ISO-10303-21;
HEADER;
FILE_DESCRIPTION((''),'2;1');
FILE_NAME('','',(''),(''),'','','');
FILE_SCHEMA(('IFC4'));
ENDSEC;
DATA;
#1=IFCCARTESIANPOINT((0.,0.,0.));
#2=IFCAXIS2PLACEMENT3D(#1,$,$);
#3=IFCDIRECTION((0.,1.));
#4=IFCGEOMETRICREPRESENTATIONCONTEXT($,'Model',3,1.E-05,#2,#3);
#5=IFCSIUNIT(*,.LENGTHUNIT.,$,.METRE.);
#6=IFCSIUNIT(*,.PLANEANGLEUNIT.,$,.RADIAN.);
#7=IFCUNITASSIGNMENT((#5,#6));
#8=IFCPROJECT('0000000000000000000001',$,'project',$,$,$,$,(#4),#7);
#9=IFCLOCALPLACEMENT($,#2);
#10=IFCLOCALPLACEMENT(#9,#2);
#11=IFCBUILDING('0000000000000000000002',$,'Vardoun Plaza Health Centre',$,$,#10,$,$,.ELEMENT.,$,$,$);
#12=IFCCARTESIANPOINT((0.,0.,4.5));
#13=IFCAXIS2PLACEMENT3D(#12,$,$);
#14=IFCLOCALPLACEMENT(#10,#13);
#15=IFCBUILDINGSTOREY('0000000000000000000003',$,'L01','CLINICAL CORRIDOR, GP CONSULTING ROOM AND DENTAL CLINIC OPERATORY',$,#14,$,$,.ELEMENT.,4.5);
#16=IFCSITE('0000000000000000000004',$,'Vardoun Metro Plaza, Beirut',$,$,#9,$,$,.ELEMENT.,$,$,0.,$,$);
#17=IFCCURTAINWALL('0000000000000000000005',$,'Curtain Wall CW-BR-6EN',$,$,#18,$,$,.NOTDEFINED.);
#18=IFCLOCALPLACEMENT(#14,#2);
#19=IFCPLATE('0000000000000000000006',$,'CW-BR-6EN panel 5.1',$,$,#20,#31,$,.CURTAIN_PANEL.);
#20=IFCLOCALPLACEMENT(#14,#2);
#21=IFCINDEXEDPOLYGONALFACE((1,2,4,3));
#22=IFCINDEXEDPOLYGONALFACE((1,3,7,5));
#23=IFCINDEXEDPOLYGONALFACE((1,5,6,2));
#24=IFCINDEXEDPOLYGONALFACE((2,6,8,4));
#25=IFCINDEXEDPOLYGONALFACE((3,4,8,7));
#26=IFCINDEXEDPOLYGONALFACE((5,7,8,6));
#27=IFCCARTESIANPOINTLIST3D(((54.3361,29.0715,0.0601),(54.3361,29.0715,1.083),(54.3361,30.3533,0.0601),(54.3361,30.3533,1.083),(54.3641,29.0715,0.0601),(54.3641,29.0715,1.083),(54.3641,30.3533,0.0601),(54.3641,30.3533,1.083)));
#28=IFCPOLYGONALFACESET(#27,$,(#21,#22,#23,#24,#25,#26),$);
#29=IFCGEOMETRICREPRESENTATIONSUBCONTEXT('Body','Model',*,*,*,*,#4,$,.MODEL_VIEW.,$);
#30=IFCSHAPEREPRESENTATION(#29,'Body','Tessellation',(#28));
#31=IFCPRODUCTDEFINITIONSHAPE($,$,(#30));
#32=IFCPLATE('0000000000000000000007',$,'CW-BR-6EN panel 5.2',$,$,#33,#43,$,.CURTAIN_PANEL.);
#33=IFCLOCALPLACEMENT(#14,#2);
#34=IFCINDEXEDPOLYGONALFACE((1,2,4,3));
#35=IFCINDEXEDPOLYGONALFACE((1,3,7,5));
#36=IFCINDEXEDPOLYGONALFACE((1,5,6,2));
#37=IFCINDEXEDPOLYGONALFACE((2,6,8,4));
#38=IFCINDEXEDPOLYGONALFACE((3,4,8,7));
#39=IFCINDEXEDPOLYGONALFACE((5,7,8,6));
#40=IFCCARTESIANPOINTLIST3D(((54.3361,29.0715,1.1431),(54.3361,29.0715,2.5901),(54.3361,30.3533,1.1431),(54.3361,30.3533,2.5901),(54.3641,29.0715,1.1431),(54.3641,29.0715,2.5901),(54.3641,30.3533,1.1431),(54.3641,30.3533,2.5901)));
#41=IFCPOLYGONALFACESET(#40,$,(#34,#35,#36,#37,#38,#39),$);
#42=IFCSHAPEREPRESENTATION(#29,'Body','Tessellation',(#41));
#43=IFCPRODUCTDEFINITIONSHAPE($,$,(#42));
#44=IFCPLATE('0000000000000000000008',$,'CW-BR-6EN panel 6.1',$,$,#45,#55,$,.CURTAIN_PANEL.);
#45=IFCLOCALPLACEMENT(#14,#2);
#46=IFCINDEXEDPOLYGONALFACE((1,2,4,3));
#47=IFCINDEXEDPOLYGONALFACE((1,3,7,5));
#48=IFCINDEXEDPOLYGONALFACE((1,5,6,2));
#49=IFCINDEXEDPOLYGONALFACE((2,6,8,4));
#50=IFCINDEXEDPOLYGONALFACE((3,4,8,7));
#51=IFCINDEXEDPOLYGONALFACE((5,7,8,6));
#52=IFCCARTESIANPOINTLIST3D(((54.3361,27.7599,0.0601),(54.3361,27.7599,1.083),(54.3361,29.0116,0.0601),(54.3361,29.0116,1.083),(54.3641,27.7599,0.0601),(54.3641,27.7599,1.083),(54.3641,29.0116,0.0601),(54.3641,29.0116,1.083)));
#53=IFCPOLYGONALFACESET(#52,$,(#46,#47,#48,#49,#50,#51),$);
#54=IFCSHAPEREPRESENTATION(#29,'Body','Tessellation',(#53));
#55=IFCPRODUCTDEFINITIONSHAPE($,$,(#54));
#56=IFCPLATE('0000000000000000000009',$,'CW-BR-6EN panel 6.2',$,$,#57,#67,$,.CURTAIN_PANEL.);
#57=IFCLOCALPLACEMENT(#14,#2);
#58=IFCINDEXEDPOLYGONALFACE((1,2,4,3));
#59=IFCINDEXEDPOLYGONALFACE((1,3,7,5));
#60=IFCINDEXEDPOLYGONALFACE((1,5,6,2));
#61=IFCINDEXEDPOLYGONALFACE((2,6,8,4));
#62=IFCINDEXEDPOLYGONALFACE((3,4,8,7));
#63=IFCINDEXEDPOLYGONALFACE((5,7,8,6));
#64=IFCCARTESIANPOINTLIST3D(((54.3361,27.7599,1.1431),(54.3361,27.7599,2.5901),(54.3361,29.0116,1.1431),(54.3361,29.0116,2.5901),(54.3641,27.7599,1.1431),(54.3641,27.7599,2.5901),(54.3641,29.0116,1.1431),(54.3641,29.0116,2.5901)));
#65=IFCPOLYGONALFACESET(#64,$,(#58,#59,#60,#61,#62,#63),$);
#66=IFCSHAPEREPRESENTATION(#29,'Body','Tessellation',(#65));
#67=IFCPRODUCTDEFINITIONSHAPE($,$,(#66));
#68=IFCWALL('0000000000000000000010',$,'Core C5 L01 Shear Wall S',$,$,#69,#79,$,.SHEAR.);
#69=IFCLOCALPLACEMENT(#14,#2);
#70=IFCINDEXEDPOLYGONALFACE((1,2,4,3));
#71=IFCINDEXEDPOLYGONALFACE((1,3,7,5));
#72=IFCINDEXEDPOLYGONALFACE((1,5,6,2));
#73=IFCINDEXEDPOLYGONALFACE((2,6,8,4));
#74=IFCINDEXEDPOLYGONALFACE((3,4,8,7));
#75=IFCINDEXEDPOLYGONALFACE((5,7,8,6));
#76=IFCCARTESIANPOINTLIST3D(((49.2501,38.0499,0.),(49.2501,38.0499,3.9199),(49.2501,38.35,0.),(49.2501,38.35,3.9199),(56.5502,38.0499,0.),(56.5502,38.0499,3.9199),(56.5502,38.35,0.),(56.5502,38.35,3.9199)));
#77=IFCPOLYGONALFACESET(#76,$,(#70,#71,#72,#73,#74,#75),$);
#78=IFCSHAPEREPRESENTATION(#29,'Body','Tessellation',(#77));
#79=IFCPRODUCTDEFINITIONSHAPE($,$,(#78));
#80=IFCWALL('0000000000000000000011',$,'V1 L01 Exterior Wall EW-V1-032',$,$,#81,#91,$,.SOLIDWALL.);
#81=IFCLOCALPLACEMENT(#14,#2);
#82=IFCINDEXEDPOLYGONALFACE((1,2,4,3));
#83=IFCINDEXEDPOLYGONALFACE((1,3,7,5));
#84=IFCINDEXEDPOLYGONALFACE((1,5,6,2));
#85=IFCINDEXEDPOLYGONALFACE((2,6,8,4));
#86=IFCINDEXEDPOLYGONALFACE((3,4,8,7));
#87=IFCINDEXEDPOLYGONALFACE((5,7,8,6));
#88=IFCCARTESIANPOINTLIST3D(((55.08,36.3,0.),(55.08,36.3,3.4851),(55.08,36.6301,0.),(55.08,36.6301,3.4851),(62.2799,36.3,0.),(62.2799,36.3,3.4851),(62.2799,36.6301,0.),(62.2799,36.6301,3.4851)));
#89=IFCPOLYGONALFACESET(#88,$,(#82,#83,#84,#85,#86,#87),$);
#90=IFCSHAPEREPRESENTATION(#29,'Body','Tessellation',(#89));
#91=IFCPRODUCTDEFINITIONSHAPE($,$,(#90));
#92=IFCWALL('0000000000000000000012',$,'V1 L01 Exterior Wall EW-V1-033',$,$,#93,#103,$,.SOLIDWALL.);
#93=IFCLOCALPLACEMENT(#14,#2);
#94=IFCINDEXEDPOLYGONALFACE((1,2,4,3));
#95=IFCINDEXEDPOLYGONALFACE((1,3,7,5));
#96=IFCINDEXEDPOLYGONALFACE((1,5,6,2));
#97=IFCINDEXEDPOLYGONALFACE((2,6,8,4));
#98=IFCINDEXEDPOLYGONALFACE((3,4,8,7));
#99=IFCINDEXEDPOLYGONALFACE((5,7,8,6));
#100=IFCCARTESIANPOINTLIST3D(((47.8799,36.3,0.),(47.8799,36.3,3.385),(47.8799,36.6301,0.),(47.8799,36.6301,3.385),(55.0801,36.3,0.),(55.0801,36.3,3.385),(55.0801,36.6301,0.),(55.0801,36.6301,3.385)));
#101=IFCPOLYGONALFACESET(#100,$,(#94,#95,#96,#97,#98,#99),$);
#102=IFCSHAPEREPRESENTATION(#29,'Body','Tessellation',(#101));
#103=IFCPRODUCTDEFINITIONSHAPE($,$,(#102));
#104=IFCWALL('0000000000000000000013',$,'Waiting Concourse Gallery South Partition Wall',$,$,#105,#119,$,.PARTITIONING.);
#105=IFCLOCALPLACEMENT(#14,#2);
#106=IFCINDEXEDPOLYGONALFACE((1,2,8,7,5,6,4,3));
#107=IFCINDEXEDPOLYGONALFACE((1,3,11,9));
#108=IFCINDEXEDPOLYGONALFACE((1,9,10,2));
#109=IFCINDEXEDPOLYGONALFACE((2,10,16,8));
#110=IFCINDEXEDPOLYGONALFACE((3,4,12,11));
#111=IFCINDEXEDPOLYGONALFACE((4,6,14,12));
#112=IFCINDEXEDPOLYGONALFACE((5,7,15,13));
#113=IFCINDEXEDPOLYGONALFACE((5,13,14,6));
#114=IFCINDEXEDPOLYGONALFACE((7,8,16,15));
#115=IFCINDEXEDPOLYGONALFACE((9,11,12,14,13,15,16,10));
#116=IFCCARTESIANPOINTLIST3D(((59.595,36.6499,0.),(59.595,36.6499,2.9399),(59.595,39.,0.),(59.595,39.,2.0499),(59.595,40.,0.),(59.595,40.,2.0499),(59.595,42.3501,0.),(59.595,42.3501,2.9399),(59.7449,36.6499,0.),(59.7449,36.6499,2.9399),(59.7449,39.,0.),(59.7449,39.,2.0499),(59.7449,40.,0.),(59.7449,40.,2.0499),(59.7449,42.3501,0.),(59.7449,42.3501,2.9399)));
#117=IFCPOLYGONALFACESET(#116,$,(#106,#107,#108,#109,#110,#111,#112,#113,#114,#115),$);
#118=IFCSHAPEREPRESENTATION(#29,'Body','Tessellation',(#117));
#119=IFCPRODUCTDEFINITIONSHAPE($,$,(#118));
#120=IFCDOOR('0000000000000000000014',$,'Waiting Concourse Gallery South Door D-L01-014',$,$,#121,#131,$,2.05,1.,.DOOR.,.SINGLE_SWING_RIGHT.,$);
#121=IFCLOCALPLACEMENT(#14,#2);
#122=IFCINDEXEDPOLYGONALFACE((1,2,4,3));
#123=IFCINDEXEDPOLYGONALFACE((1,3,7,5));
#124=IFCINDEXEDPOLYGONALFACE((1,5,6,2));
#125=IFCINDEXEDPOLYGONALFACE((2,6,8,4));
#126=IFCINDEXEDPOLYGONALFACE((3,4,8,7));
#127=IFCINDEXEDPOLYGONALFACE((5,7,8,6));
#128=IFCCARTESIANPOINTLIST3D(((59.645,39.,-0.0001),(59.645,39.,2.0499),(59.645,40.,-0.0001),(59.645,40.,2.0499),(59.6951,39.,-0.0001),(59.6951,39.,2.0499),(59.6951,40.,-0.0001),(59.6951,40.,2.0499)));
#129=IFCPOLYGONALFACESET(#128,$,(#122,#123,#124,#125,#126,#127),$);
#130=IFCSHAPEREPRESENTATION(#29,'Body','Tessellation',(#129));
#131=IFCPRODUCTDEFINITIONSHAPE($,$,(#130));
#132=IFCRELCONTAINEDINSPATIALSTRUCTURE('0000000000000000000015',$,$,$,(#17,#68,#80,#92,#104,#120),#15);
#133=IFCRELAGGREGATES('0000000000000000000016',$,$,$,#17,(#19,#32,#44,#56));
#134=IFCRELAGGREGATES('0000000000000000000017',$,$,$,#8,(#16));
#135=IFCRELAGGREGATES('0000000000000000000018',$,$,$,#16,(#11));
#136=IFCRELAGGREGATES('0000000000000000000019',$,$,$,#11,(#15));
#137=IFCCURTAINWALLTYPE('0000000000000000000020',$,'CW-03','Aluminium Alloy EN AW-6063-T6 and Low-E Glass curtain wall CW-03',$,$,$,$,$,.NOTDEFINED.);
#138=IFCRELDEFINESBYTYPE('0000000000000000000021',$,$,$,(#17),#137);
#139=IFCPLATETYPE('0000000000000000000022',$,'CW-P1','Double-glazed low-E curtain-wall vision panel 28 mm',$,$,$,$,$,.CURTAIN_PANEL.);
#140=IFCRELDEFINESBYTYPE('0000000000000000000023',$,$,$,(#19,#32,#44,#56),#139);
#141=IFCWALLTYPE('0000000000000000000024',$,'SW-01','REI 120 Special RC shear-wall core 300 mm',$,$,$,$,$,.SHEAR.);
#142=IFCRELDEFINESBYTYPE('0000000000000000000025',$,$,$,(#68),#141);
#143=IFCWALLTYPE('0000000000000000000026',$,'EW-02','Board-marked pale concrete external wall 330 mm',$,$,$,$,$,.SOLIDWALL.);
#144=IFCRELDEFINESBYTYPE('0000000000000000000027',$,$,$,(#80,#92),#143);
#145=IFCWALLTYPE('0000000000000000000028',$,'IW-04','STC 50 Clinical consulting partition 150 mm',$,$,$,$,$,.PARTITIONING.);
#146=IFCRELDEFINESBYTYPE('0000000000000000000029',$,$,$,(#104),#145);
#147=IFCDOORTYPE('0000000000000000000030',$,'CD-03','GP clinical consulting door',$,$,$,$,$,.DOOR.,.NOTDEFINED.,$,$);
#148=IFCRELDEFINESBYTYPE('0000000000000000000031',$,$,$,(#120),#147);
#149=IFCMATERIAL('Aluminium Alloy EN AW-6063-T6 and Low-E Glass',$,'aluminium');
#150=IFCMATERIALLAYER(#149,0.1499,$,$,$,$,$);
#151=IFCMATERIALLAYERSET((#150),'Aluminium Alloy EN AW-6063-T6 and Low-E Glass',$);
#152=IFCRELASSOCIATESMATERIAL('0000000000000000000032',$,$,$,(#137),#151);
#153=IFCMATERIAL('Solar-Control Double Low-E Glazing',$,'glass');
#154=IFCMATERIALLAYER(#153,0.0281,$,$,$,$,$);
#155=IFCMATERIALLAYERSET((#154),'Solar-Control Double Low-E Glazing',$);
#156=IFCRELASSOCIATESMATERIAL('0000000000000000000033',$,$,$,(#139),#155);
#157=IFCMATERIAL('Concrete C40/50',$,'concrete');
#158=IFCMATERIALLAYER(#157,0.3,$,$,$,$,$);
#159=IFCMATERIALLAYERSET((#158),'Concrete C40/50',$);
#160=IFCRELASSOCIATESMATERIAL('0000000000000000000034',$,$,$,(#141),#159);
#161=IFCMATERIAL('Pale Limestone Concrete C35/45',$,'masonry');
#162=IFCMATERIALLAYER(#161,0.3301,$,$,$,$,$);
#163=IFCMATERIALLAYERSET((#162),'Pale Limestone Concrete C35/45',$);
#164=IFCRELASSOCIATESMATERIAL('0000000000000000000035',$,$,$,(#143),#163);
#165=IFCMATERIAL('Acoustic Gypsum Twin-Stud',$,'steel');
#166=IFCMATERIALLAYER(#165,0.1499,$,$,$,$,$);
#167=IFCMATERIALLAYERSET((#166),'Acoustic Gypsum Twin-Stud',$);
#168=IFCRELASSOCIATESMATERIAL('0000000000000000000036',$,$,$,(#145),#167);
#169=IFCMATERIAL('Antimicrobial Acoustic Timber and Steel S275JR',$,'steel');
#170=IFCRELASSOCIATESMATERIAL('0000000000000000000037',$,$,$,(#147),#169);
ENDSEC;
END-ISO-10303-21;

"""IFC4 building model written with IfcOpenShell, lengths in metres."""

from ifc_helpers import new_model, si_unit, direction, frame, frame_2d, origin, origin_2d, place, context, subcontext, project, spatial, rectangle, extrude, material, layer, layer_set, type_object, element, fill, aggregate, save


model = new_model("IFC4")

# Units and contexts
model_context = context("Model", 3, precision=1e-05, world=origin(), true_north=direction((0.0, 1.0)))
body_context = subcontext(model_context, "Body", "Model", "MODEL_VIEW")
ifc_project = project(units=[si_unit("LENGTHUNIT", "METRE"), si_unit("PLANEANGLEUNIT", "RADIAN")], contexts=[model_context])

# Site, building, storey
site_placement = place(None, origin())
site = spatial("IfcSite", under=ifc_project, at=site_placement, Name="Vardoun Metro Plaza, Beirut", CompositionType="ELEMENT", RefElevation=0.0)
building_placement = place(site_placement, origin())
building = spatial("IfcBuilding", under=site, at=building_placement, Name="Vardoun Plaza Health Centre", CompositionType="ELEMENT")
storey_placement = place(building_placement, frame((0.0, 0.0, 4.5)))
storey = spatial("IfcBuildingStorey", under=building, at=storey_placement, Name="L01", Description="CLINICAL CORRIDOR, GP CONSULTING ROOM AND DENTAL CLINIC OPERATORY", CompositionType="ELEMENT", Elevation=4.5)

# Curtain wall, plates
ifc_material_1 = material(Name="Aluminium Alloy EN AW-6063-T6 and Low-E Glass", Category="aluminium")
ifc_layer_1 = layer(ifc_material_1, 0.1499)
ifc_layer_set_1 = layer_set([ifc_layer_1], Name="Aluminium Alloy EN AW-6063-T6 and Low-E Glass")
curtain_wall_type = type_object("IfcCurtainWallType", Name="CW-03", Description="Aluminium Alloy EN AW-6063-T6 and Low-E Glass curtain wall CW-03", PredefinedType="NOTDEFINED", material=ifc_layer_set_1)
curtain_wall_placement = place(storey_placement, origin())
curtain_wall = element("IfcCurtainWall", 1, at=curtain_wall_placement, inside=storey, type_object=curtain_wall_type, Name="Curtain Wall CW-BR-6EN", PredefinedType="NOTDEFINED")
ifc_material_2 = material(Name="Solar-Control Double Low-E Glazing", Category="glass")
ifc_layer_2 = layer(ifc_material_2, 0.0281)
ifc_layer_set_2 = layer_set([ifc_layer_2], Name="Solar-Control Double Low-E Glazing")
plate_type = type_object("IfcPlateType", Name="CW-P1", Description="Double-glazed low-E curtain-wall vision panel 28 mm", PredefinedType="CURTAIN_PANEL", material=ifc_layer_set_2)
plate_1_placement = place(storey_placement, frame((54.3501, 29.7124, 0.0601), z_axis=(0.0, 0.0, 1.0), x_axis=(0.0, -1.0, 0.0)))
plate_1 = element("IfcPlate", 2, at=plate_1_placement, type_object=plate_type, Name="CW-BR-6EN panel 5.1", PredefinedType="CURTAIN_PANEL", context=body_context, shape_type="SweptSolid", body=[
    extrude(rectangle(XDim=1.2817, YDim=0.0281, at=origin_2d()), origin(), (0.0, 0.0, 1.0), 1.0229),
])
plate_2_placement = place(storey_placement, frame((54.3501, 29.7124, 1.1431), z_axis=(0.0, 0.0, 1.0), x_axis=(0.0, -1.0, 0.0)))
plate_2 = element("IfcPlate", 3, at=plate_2_placement, type_object=plate_type, Name="CW-BR-6EN panel 5.2", PredefinedType="CURTAIN_PANEL", context=body_context, shape_type="SweptSolid", body=[
    extrude(rectangle(XDim=1.2817, YDim=0.0281, at=origin_2d()), origin(), (0.0, 0.0, 1.0), 1.447),
])
plate_3_placement = place(storey_placement, frame((54.3501, 28.3857, 0.0601), z_axis=(0.0, 0.0, 1.0), x_axis=(0.0, -1.0, 0.0)))
plate_3 = element("IfcPlate", 4, at=plate_3_placement, type_object=plate_type, Name="CW-BR-6EN panel 6.1", PredefinedType="CURTAIN_PANEL", context=body_context, shape_type="SweptSolid", body=[
    extrude(rectangle(XDim=1.2517, YDim=0.0281, at=origin_2d()), origin(), (0.0, 0.0, 1.0), 1.0229),
])
plate_4_placement = place(storey_placement, frame((54.3501, 28.3857, 1.1431), z_axis=(0.0, 0.0, 1.0), x_axis=(0.0, -1.0, 0.0)))
plate_4 = element("IfcPlate", 5, at=plate_4_placement, type_object=plate_type, Name="CW-BR-6EN panel 6.2", PredefinedType="CURTAIN_PANEL", context=body_context, shape_type="SweptSolid", body=[
    extrude(rectangle(XDim=1.2517, YDim=0.0281, at=origin_2d()), origin(), (0.0, 0.0, 1.0), 1.447),
])
aggregate(curtain_wall, [plate_1, plate_2, plate_3, plate_4])

# Walls
ifc_material_3 = material(Name="Concrete C40/50", Category="concrete")
ifc_layer_3 = layer(ifc_material_3, 0.3)
ifc_layer_set_3 = layer_set([ifc_layer_3], Name="Concrete C40/50")
wall_type_1 = type_object("IfcWallType", Name="SW-01", Description="REI 120 Special RC shear-wall core 300 mm", PredefinedType="SHEAR", material=ifc_layer_set_3)
wall_1_placement = place(storey_placement, frame((56.55, 38.2, 0.0), z_axis=(0.0, 0.0, 1.0), x_axis=(-1.0, 0.0, 0.0)))
element("IfcWall", 6, at=wall_1_placement, inside=storey, type_object=wall_type_1, Name="Core C5 L01 Shear Wall S", PredefinedType="SHEAR", context=body_context, shape_type="SweptSolid", body=[
    extrude(rectangle(XDim=7.3, YDim=0.3, at=frame_2d((3.6499, 0.0))), origin(), (0.0, 0.0, 1.0), 3.9199),
])
ifc_material_4 = material(Name="Pale Limestone Concrete C35/45", Category="masonry")
ifc_layer_4 = layer(ifc_material_4, 0.3301)
ifc_layer_set_4 = layer_set([ifc_layer_4], Name="Pale Limestone Concrete C35/45")
wall_type_2 = type_object("IfcWallType", Name="EW-02", Description="Board-marked pale concrete external wall 330 mm", PredefinedType="SOLIDWALL", material=ifc_layer_set_4)
wall_2_placement = place(storey_placement, frame((62.28, 36.4651, 0.0), z_axis=(0.0, 0.0, 1.0), x_axis=(-1.0, 0.0, 0.0)))
element("IfcWall", 7, at=wall_2_placement, inside=storey, type_object=wall_type_2, Name="V1 L01 Exterior Wall EW-V1-032", PredefinedType="SOLIDWALL", context=body_context, shape_type="SweptSolid", body=[
    extrude(rectangle(XDim=7.2, YDim=0.3301, at=frame_2d((3.6001, 0.0))), origin(), (0.0, 0.0, 1.0), 3.4851),
])
wall_3_placement = place(storey_placement, frame((55.0801, 36.4651, 0.0), z_axis=(0.0, 0.0, 1.0), x_axis=(-1.0, 0.0, 0.0)))
element("IfcWall", 8, at=wall_3_placement, inside=storey, type_object=wall_type_2, Name="V1 L01 Exterior Wall EW-V1-033", PredefinedType="SOLIDWALL", context=body_context, shape_type="SweptSolid", body=[
    extrude(rectangle(XDim=7.2002, YDim=0.3301, at=frame_2d((3.6001, 0.0))), origin(), (0.0, 0.0, 1.0), 3.385),
])

# Wall, opening, door
ifc_material_5 = material(Name="Acoustic Gypsum Twin-Stud", Category="steel")
ifc_layer_5 = layer(ifc_material_5, 0.1499)
ifc_layer_set_5 = layer_set([ifc_layer_5], Name="Acoustic Gypsum Twin-Stud")
wall_type_3 = type_object("IfcWallType", Name="IW-04", Description="STC 50 Clinical consulting partition 150 mm", PredefinedType="PARTITIONING", material=ifc_layer_set_5)
wall_4_placement = place(storey_placement, frame((59.6699, 36.6499, 0.0), z_axis=(0.0, 0.0, 1.0), x_axis=(0.0, 1.0, 0.0)))
wall_4 = element("IfcWall", 9, at=wall_4_placement, inside=storey, type_object=wall_type_3, Name="Waiting Concourse Gallery South Partition Wall", PredefinedType="PARTITIONING", context=body_context, shape_type="SweptSolid", body=[
    extrude(rectangle(XDim=5.7002, YDim=0.1499, at=frame_2d((2.8501, 0.0))), origin(), (0.0, 0.0, 1.0), 2.9399),
])
opening_placement = place(wall_4_placement, frame((2.3501, 0.0, 0.0)))
opening = element("IfcOpeningElement", 10, at=opening_placement, cuts=wall_4, PredefinedType="OPENING", context=body_context, shape_type="SweptSolid", body=[
    extrude(rectangle(XDim=1.0, YDim=2.05, at=frame_2d((0.5, 1.0249))), frame((0.0, 0.075, 0.0), z_axis=(0.0, -1.0, 0.0), x_axis=(1.0, 0.0, 0.0)), (0.0, 0.0, 1.0), 0.1499),
])
ifc_material_6 = material(Name="Antimicrobial Acoustic Timber and Steel S275JR", Category="steel")
door_type = type_object("IfcDoorType", Name="CD-03", Description="GP clinical consulting door", OperationType="NOTDEFINED", PredefinedType="DOOR", material=ifc_material_6)
door_placement = place(opening_placement, origin())
door = element("IfcDoor", 11, at=door_placement, inside=storey, type_object=door_type, Name="Waiting Concourse Gallery South Door D-L01-014", OperationType="SINGLE_SWING_RIGHT", OverallHeight=2.05, OverallWidth=1.0, PredefinedType="DOOR", context=body_context, shape_type="SweptSolid", body=[
    extrude(rectangle(XDim=1.0, YDim=2.05, at=frame_2d((0.5, 1.0249))), frame((0.0, 0.0249, 0.0), z_axis=(0.0, -1.0, 0.0), x_axis=(1.0, 0.0, 0.0)), (0.0, 0.0, 1.0), 0.05),
])
fill(opening, door)

save(model, "model.ifc")
